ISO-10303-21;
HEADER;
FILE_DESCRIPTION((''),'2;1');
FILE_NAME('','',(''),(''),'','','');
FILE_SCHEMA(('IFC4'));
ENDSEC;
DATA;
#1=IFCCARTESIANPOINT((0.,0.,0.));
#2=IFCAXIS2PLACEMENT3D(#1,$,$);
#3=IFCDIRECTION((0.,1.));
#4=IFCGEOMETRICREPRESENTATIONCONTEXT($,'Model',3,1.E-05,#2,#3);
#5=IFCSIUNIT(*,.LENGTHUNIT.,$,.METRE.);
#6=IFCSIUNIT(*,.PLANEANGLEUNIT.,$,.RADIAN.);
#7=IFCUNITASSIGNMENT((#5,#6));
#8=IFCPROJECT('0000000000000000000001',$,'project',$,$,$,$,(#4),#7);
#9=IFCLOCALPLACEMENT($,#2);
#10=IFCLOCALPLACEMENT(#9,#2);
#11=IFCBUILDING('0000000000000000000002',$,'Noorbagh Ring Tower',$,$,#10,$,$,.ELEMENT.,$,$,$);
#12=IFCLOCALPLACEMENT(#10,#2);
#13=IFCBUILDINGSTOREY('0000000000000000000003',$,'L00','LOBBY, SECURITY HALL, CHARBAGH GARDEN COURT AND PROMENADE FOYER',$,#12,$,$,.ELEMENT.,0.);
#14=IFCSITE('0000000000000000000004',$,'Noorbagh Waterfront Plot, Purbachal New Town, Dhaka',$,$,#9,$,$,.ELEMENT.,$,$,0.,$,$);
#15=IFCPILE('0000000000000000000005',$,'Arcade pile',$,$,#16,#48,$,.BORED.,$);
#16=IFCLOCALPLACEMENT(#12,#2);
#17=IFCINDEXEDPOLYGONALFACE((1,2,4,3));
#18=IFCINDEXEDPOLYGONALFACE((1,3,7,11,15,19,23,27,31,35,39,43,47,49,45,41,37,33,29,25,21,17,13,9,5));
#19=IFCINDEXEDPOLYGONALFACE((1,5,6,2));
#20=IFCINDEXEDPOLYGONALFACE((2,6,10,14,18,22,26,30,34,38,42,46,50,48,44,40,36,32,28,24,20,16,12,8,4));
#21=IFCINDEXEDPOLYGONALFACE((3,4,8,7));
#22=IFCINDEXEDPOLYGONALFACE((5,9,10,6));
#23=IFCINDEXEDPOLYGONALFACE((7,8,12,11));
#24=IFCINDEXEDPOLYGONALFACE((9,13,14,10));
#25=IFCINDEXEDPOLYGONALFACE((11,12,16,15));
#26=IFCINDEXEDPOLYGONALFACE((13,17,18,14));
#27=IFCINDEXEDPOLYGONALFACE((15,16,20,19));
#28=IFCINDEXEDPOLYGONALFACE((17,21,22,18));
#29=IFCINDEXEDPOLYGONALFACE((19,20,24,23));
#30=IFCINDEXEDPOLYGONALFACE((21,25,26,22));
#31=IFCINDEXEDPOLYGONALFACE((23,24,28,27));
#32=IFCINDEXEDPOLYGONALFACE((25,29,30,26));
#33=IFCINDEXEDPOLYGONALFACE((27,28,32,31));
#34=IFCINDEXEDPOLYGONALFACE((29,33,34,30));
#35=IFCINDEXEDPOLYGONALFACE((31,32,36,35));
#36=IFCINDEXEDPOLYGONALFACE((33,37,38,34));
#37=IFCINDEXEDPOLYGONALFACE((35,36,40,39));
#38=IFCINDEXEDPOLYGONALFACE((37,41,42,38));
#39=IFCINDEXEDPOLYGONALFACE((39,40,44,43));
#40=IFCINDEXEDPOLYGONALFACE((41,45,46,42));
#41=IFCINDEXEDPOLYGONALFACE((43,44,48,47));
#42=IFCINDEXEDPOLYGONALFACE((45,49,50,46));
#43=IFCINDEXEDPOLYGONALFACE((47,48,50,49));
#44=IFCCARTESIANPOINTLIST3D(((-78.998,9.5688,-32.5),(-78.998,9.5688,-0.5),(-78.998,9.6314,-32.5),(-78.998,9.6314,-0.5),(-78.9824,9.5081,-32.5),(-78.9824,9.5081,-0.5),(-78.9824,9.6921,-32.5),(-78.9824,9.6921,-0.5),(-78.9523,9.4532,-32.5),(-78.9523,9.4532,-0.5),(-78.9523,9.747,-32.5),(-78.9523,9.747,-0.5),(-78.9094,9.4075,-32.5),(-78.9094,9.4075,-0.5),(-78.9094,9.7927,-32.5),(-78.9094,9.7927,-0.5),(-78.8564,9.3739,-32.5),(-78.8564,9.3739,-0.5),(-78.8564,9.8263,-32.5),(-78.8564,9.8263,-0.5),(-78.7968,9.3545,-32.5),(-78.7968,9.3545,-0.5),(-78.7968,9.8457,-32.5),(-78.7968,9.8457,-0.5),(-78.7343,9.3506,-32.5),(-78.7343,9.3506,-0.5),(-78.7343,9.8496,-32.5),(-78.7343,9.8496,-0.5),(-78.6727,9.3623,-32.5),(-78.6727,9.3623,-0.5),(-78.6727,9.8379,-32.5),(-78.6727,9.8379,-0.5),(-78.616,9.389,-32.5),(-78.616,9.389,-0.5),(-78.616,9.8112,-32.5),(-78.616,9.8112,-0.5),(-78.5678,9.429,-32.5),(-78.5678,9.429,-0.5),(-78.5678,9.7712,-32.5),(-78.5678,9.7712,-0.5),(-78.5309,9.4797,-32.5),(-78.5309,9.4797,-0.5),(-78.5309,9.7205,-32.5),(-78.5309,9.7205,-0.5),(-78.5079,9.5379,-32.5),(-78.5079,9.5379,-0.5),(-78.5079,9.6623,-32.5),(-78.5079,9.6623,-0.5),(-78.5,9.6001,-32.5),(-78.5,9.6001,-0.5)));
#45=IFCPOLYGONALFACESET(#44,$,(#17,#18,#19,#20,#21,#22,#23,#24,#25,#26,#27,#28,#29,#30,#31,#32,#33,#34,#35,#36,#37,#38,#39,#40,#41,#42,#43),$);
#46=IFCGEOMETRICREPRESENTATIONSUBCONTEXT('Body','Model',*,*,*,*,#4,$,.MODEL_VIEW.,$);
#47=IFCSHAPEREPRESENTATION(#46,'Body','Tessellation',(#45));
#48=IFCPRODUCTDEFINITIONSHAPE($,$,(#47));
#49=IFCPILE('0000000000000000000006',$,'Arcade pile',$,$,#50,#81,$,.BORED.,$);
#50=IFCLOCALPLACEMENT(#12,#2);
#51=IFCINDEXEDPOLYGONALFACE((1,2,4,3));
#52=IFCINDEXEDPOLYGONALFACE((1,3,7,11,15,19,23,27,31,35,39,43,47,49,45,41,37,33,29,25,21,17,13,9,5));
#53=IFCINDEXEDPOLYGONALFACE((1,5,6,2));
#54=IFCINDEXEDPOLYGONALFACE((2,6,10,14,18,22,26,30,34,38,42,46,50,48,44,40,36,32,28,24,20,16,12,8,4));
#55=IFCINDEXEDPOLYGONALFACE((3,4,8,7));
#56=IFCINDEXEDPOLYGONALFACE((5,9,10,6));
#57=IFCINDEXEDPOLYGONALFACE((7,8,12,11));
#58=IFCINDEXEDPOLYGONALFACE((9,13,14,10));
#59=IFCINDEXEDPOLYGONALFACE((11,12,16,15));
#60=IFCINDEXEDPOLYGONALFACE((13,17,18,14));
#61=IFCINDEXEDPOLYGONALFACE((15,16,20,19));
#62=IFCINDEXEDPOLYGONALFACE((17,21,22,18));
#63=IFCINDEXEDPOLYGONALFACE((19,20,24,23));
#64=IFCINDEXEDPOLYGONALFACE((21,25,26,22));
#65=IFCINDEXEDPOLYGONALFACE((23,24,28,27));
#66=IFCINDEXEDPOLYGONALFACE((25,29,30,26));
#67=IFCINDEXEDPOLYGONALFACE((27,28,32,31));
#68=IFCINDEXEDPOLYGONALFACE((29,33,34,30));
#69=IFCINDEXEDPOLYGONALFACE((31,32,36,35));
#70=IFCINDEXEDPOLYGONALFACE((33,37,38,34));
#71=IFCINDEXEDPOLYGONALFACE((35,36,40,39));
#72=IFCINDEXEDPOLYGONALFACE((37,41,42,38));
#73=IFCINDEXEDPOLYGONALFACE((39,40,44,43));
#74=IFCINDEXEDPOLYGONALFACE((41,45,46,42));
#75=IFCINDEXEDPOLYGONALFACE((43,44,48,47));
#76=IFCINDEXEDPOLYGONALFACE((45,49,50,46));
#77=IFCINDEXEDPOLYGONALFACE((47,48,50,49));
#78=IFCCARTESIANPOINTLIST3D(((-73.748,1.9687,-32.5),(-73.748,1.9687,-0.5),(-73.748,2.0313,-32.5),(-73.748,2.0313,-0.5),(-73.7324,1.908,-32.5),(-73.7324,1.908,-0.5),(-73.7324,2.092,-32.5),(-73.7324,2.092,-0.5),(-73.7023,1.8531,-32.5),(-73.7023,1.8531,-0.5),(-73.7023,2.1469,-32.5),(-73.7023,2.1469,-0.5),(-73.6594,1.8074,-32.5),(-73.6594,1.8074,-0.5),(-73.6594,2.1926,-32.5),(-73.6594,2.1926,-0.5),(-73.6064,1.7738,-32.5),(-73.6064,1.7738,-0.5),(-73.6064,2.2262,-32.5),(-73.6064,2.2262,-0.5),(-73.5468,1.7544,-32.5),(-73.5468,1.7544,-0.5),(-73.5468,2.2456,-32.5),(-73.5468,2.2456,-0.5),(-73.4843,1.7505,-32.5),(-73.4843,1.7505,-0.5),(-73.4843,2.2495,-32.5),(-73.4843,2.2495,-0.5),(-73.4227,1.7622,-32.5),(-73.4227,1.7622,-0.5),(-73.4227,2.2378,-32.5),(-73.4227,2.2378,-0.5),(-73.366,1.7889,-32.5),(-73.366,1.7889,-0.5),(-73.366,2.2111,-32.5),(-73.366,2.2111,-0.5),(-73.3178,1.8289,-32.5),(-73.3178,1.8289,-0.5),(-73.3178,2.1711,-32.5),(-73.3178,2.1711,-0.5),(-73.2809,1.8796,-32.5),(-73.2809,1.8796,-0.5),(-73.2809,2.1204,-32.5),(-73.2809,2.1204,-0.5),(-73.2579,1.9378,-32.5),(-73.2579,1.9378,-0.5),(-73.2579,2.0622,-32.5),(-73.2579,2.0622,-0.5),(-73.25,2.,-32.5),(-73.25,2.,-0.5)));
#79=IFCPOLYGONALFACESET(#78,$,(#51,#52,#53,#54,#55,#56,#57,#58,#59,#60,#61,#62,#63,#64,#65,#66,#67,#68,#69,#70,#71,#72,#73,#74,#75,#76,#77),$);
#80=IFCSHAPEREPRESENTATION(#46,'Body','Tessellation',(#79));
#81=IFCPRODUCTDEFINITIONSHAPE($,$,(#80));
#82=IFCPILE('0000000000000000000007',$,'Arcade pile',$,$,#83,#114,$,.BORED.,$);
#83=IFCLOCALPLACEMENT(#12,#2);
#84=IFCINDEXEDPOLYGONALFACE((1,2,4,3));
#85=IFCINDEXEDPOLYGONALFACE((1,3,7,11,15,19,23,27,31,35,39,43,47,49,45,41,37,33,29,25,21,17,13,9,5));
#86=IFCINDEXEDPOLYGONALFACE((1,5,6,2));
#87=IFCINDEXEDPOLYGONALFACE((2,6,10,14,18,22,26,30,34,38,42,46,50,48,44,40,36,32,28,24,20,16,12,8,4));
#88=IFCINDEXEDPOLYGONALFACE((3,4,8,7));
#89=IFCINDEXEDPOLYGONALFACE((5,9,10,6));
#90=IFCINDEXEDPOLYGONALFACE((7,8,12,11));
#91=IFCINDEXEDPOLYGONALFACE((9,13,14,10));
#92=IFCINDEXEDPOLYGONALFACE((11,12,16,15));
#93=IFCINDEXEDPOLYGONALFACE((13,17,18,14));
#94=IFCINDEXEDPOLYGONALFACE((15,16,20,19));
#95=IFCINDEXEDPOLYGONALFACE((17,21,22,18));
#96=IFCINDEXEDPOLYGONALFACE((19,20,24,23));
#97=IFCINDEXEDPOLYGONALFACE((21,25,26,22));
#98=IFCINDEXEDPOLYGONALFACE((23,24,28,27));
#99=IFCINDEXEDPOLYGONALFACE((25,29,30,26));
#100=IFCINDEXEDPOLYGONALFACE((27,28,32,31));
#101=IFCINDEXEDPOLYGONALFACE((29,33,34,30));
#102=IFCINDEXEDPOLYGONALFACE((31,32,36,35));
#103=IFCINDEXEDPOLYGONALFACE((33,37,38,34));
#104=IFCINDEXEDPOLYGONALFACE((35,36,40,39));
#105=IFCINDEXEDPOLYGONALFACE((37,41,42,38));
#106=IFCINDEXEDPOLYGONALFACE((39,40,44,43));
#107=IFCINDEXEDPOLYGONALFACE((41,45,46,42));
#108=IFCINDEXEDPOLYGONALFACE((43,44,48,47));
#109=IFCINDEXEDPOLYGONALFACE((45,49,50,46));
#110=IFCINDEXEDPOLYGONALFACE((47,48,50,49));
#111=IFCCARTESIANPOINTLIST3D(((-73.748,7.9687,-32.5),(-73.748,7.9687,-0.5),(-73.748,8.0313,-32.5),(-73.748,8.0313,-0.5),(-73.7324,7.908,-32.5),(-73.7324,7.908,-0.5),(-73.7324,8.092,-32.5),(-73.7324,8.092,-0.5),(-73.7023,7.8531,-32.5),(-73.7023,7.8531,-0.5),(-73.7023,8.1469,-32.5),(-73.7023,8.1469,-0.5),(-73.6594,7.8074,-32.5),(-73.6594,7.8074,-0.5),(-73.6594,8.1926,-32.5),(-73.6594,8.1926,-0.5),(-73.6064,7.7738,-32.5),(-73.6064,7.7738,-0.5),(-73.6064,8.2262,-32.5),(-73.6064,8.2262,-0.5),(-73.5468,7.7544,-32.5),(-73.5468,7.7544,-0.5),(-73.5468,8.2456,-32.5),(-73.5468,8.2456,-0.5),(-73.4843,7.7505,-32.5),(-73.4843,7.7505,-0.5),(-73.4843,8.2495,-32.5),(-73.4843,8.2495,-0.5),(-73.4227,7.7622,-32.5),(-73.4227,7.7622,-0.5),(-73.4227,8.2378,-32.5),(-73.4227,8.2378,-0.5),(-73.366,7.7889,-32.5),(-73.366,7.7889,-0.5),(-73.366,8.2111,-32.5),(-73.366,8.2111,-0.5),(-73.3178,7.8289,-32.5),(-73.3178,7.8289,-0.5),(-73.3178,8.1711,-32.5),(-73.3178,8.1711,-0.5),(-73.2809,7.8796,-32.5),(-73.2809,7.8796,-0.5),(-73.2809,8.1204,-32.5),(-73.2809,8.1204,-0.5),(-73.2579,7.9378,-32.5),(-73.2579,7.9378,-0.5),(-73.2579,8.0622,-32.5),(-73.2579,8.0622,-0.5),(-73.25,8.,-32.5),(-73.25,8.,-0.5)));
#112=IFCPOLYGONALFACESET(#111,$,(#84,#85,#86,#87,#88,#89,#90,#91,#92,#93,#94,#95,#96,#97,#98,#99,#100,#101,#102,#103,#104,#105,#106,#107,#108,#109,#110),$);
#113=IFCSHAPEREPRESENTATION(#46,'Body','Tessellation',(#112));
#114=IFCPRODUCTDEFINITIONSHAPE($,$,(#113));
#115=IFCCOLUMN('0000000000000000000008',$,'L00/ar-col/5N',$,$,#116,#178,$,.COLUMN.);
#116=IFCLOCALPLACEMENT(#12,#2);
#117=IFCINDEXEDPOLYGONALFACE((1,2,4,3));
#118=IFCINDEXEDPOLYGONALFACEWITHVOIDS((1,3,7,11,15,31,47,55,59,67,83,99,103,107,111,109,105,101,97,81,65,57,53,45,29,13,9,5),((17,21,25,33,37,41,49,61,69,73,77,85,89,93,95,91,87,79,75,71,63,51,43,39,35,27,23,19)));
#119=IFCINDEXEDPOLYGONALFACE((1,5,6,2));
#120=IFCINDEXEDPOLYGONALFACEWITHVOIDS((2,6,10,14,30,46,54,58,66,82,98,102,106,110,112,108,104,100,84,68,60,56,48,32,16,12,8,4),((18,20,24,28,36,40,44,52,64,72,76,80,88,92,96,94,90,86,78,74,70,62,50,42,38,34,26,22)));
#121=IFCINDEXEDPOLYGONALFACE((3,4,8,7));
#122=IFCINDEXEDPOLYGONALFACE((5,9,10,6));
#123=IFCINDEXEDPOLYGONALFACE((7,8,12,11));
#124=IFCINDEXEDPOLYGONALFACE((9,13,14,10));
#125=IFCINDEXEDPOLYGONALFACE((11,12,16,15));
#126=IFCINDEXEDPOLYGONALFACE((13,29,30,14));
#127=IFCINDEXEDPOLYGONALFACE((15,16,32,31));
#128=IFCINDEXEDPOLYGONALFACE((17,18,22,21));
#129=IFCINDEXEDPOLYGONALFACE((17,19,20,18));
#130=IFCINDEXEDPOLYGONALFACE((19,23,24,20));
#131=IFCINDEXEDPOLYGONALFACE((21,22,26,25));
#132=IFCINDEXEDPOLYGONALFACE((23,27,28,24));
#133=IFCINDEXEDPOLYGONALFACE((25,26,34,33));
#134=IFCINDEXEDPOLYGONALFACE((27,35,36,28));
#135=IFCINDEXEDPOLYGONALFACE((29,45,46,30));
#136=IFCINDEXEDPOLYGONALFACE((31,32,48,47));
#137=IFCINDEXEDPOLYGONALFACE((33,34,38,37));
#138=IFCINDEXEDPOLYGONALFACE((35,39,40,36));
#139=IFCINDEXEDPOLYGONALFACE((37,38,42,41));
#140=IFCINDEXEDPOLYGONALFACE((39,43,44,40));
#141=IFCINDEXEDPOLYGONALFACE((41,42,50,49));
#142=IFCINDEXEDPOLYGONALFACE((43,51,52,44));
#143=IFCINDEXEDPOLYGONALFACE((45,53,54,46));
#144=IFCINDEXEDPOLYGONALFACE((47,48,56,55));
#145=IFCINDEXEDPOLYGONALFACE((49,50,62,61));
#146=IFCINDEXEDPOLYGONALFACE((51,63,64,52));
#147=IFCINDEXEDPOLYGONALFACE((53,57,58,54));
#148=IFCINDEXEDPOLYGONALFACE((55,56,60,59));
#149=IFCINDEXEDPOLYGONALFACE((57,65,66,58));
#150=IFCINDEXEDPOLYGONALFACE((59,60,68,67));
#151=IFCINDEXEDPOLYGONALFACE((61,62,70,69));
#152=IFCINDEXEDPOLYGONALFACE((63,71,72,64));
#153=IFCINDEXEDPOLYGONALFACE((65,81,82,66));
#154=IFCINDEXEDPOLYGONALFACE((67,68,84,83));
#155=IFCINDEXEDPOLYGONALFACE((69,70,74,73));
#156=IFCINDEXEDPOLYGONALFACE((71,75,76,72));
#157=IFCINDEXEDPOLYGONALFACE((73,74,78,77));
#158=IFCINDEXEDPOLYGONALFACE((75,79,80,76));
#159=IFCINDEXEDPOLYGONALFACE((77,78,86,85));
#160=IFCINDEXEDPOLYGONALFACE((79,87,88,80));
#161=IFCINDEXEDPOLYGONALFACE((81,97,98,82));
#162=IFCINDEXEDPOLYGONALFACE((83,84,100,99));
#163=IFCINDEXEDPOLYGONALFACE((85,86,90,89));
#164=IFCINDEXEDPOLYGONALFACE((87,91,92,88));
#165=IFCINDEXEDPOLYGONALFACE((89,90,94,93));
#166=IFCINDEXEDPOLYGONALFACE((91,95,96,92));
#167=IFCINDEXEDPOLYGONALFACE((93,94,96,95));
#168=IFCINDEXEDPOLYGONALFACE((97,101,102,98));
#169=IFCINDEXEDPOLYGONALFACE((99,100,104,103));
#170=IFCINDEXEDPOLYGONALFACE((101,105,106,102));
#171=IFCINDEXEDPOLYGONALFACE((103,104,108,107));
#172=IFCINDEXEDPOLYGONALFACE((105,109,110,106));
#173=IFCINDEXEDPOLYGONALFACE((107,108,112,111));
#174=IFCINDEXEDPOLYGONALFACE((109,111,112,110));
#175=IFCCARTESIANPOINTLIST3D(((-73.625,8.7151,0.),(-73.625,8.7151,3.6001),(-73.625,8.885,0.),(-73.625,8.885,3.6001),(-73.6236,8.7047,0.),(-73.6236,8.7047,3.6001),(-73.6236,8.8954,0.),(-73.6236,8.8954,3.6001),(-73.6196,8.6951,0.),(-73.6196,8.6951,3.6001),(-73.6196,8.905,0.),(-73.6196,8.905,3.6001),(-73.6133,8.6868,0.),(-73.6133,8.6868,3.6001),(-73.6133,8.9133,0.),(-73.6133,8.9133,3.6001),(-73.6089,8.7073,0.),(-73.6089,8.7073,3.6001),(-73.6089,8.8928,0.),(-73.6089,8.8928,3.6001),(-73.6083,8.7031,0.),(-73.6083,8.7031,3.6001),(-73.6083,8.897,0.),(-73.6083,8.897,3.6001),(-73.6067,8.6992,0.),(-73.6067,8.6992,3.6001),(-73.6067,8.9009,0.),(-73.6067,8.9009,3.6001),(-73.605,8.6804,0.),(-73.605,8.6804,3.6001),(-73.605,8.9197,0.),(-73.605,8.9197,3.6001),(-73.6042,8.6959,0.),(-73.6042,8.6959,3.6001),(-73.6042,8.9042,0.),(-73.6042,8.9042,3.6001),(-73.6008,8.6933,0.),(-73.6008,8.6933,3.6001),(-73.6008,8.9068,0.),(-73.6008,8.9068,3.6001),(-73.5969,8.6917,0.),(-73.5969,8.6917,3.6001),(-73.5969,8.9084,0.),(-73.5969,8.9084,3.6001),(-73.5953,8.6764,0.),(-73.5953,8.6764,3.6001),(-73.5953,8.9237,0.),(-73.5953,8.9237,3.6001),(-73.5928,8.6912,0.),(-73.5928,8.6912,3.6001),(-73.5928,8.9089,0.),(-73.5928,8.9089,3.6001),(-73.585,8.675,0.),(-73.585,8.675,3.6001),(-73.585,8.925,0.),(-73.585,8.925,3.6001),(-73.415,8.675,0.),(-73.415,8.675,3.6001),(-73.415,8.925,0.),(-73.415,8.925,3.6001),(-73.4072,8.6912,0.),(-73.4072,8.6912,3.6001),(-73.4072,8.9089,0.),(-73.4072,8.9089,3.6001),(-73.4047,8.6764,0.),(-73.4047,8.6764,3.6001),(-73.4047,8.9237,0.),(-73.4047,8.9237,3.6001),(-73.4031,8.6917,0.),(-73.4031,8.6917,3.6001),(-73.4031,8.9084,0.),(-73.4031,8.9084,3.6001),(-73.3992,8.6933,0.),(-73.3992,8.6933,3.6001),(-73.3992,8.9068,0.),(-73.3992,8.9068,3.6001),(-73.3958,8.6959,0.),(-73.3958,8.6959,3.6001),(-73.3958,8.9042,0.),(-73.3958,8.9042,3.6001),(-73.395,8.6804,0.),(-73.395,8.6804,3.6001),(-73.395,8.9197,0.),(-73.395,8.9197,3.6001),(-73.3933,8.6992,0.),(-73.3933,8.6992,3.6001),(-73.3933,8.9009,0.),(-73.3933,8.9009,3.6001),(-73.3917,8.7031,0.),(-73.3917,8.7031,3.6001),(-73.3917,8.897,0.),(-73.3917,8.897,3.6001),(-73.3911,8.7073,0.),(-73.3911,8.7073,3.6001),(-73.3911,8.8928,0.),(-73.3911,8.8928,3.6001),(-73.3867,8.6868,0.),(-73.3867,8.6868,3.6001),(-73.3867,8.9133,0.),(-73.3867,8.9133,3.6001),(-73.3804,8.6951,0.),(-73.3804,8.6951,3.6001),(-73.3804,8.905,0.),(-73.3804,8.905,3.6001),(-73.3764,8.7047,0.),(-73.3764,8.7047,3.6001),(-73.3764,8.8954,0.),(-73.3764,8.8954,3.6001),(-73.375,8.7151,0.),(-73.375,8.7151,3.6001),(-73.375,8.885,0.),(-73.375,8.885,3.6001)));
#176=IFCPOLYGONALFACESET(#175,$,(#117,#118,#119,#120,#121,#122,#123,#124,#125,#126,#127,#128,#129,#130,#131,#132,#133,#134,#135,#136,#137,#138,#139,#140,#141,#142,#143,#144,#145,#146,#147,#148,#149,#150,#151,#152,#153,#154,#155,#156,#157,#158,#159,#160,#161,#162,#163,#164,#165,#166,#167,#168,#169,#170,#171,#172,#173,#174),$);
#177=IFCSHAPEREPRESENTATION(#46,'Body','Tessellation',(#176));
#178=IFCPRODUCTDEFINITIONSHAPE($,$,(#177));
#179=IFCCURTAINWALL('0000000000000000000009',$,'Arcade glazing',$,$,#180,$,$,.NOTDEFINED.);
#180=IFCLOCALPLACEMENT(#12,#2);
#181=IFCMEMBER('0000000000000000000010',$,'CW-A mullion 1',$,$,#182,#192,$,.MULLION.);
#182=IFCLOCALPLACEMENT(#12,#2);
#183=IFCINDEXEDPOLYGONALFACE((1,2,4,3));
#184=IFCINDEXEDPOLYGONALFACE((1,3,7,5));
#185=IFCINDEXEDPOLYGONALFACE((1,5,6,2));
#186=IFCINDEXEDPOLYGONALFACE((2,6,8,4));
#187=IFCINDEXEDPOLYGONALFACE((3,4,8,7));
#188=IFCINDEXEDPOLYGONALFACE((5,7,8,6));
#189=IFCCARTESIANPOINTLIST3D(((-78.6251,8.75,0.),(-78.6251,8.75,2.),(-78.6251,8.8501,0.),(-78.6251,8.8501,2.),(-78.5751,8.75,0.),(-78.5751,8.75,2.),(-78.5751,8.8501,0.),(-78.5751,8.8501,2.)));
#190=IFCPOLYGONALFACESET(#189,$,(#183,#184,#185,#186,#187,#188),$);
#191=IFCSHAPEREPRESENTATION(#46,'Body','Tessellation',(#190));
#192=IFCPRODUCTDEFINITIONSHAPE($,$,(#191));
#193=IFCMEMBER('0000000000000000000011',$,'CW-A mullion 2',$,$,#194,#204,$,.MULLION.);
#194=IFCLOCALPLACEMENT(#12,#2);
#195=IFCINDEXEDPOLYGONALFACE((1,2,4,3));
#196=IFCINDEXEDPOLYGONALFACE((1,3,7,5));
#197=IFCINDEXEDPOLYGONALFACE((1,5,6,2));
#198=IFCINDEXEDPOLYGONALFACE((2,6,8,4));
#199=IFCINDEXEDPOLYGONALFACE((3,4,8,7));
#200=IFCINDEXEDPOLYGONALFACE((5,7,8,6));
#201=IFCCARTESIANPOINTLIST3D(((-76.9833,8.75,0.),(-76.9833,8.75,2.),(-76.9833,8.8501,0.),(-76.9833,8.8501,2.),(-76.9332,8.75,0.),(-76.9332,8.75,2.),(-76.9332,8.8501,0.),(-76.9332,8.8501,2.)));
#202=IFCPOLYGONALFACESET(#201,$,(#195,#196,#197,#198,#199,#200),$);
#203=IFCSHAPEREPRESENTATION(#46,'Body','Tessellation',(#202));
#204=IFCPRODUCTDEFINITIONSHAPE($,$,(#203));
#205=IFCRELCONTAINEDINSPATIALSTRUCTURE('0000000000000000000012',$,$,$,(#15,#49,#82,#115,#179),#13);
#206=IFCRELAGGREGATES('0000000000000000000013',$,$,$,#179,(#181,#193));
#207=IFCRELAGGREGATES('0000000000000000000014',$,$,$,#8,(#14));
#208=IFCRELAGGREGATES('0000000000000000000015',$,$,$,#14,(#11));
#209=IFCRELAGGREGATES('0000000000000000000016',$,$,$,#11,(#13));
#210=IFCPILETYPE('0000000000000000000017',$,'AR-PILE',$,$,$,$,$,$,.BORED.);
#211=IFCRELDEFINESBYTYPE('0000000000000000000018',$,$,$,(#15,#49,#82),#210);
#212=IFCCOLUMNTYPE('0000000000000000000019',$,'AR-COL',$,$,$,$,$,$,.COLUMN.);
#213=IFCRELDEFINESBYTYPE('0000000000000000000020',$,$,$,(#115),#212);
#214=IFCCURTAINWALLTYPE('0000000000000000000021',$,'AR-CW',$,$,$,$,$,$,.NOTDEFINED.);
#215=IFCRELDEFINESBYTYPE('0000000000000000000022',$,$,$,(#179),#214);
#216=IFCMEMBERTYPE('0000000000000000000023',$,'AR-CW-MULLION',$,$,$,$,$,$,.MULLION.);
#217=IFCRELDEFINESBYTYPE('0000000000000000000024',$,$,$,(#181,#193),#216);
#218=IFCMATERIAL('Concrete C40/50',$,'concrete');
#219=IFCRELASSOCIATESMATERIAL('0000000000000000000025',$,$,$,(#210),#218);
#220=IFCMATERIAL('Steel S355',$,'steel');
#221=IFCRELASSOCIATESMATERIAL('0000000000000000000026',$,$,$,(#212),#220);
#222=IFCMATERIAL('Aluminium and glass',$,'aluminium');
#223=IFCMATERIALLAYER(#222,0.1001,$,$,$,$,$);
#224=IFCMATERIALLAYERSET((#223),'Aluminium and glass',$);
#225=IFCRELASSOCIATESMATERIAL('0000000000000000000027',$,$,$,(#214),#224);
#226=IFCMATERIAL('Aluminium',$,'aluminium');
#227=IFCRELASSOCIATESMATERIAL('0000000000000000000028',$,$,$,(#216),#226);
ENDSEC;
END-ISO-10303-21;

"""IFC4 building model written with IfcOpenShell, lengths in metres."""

from ifc_helpers import new_model, si_unit, direction, frame, origin, origin_2d, place, context, subcontext, project, spatial, rectangle, hollow_rectangle, circle, extrude, material, layer, layer_set, material_profile, profile_set, type_object, element, aggregate, save


model = new_model("IFC4")

# Units and contexts
model_context = context("Model", 3, precision=1e-05, world=origin(), true_north=direction((0.0, 1.0)))
body_context = subcontext(model_context, "Body", "Model", "MODEL_VIEW")
ifc_project = project(units=[si_unit("LENGTHUNIT", "METRE"), si_unit("PLANEANGLEUNIT", "RADIAN")], contexts=[model_context])

# Site, building, storey
site_placement = place(None, origin())
site = spatial("IfcSite", under=ifc_project, at=site_placement, Name="Noorbagh Waterfront Plot, Purbachal New Town, Dhaka", CompositionType="ELEMENT", RefElevation=0.0)
building_placement = place(site_placement, origin())
building = spatial("IfcBuilding", under=site, at=building_placement, Name="Noorbagh Ring Tower", CompositionType="ELEMENT")
storey_placement = place(building_placement, origin())
storey = spatial("IfcBuildingStorey", under=building, at=storey_placement, Name="L00", Description="LOBBY, SECURITY HALL, CHARBAGH GARDEN COURT AND PROMENADE FOYER", CompositionType="ELEMENT", Elevation=0.0)

# Piles
ifc_material_1 = material(Name="Concrete C40/50", Category="concrete")
ifc_material_profile_1 = material_profile(ifc_material_1, circle(Radius=0.25, at=origin_2d()), Name="PILE500")
ifc_profile_set_1 = profile_set([ifc_material_profile_1], Name="Concrete C40/50")
pile_type = type_object("IfcPileType", Name="AR-PILE", PredefinedType="BORED", material=ifc_profile_set_1)
for number, where, z_axis, x_axis, name in (
    (1, (-78.75, 9.6001, -0.5), (0.0, 0.0, -1.0), (1.0, 0.0, 0.0), "Arcade pile"),
    (2, (-73.5, 2.0, -0.5), (0.0, 0.0, -1.0), (1.0, 0.0, 0.0), "Arcade pile"),
    (3, (-73.5, 8.0, -0.5), (0.0, 0.0, -1.0), (1.0, 0.0, 0.0), "Arcade pile"),
):
    element("IfcPile", number, at=place(storey_placement, frame(where, z_axis=z_axis, x_axis=x_axis)), inside=storey, type_object=pile_type, Name=name, PredefinedType="BORED", context=body_context, shape_type="SweptSolid", body=[
        extrude(circle(Radius=0.25, at=origin_2d()), origin(), (0.0, 0.0, 1.0), 32.0),
    ])

# Column
ifc_material_2 = material(Name="Steel S355", Category="steel")
ifc_material_profile_2 = material_profile(ifc_material_2, hollow_rectangle(XDim=0.25, YDim=0.25, WallThickness=0.0161, InnerFilletRadius=0.0161, OuterFilletRadius=0.04, at=origin_2d()), Name="SHS250x250x16")
ifc_profile_set_2 = profile_set([ifc_material_profile_2], Name="Steel S355")
column_type = type_object("IfcColumnType", Name="AR-COL", PredefinedType="COLUMN", material=ifc_profile_set_2)
column_placement = place(storey_placement, frame((-73.5, 8.8, 0.0), z_axis=(0.0, 0.0, 1.0), x_axis=(1.0, 0.0, 0.0)))
element("IfcColumn", 4, at=column_placement, inside=storey, type_object=column_type, Name="L00/ar-col/5N", PredefinedType="COLUMN", context=body_context, shape_type="SweptSolid", body=[
    extrude(hollow_rectangle(XDim=0.25, YDim=0.25, WallThickness=0.0161, InnerFilletRadius=0.0161, OuterFilletRadius=0.04, at=origin_2d()), origin(), (0.0, 0.0, 1.0), 3.6001),
])

# Curtain wall, members
ifc_material_3 = material(Name="Aluminium and glass", Category="aluminium")
ifc_layer_1 = layer(ifc_material_3, 0.1001)
ifc_layer_set_1 = layer_set([ifc_layer_1], Name="Aluminium and glass")
curtain_wall_type = type_object("IfcCurtainWallType", Name="AR-CW", PredefinedType="NOTDEFINED", material=ifc_layer_set_1)
curtain_wall_placement = place(storey_placement, origin())
curtain_wall = element("IfcCurtainWall", 5, at=curtain_wall_placement, inside=storey, type_object=curtain_wall_type, Name="Arcade glazing", PredefinedType="NOTDEFINED")
ifc_material_4 = material(Name="Aluminium", Category="aluminium")
ifc_material_profile_3 = material_profile(ifc_material_4, rectangle(XDim=0.1001, YDim=0.05, at=origin_2d()), Name="AL 100x50")
ifc_profile_set_3 = profile_set([ifc_material_profile_3], Name="Aluminium")
member_type_1 = type_object("IfcMemberType", Name="AR-CW-MULLION", PredefinedType="MULLION", material=ifc_profile_set_3)
member_1_placement = place(storey_placement, frame((-78.6001, 8.8, 0.0), z_axis=(0.0, 0.0, 1.0), x_axis=(0.0, 1.0, 0.0)))
member_1 = element("IfcMember", 6, at=member_1_placement, type_object=member_type_1, Name="CW-A mullion 1", PredefinedType="MULLION", context=body_context, shape_type="SweptSolid", body=[
    extrude(rectangle(XDim=0.1001, YDim=0.05, at=origin_2d()), origin(), (0.0, 0.0, 1.0), 2.0),
])
member_2_placement = place(storey_placement, frame((-76.9583, 8.8, 0.0), z_axis=(0.0, 0.0, 1.0), x_axis=(0.0, 1.0, 0.0)))
member_2 = element("IfcMember", 7, at=member_2_placement, type_object=member_type_1, Name="CW-A mullion 2", PredefinedType="MULLION", context=body_context, shape_type="SweptSolid", body=[
    extrude(rectangle(XDim=0.1001, YDim=0.05, at=origin_2d()), origin(), (0.0, 0.0, 1.0), 2.0),
])
aggregate(curtain_wall, [member_1, member_2])

save(model, "model.ifc")
